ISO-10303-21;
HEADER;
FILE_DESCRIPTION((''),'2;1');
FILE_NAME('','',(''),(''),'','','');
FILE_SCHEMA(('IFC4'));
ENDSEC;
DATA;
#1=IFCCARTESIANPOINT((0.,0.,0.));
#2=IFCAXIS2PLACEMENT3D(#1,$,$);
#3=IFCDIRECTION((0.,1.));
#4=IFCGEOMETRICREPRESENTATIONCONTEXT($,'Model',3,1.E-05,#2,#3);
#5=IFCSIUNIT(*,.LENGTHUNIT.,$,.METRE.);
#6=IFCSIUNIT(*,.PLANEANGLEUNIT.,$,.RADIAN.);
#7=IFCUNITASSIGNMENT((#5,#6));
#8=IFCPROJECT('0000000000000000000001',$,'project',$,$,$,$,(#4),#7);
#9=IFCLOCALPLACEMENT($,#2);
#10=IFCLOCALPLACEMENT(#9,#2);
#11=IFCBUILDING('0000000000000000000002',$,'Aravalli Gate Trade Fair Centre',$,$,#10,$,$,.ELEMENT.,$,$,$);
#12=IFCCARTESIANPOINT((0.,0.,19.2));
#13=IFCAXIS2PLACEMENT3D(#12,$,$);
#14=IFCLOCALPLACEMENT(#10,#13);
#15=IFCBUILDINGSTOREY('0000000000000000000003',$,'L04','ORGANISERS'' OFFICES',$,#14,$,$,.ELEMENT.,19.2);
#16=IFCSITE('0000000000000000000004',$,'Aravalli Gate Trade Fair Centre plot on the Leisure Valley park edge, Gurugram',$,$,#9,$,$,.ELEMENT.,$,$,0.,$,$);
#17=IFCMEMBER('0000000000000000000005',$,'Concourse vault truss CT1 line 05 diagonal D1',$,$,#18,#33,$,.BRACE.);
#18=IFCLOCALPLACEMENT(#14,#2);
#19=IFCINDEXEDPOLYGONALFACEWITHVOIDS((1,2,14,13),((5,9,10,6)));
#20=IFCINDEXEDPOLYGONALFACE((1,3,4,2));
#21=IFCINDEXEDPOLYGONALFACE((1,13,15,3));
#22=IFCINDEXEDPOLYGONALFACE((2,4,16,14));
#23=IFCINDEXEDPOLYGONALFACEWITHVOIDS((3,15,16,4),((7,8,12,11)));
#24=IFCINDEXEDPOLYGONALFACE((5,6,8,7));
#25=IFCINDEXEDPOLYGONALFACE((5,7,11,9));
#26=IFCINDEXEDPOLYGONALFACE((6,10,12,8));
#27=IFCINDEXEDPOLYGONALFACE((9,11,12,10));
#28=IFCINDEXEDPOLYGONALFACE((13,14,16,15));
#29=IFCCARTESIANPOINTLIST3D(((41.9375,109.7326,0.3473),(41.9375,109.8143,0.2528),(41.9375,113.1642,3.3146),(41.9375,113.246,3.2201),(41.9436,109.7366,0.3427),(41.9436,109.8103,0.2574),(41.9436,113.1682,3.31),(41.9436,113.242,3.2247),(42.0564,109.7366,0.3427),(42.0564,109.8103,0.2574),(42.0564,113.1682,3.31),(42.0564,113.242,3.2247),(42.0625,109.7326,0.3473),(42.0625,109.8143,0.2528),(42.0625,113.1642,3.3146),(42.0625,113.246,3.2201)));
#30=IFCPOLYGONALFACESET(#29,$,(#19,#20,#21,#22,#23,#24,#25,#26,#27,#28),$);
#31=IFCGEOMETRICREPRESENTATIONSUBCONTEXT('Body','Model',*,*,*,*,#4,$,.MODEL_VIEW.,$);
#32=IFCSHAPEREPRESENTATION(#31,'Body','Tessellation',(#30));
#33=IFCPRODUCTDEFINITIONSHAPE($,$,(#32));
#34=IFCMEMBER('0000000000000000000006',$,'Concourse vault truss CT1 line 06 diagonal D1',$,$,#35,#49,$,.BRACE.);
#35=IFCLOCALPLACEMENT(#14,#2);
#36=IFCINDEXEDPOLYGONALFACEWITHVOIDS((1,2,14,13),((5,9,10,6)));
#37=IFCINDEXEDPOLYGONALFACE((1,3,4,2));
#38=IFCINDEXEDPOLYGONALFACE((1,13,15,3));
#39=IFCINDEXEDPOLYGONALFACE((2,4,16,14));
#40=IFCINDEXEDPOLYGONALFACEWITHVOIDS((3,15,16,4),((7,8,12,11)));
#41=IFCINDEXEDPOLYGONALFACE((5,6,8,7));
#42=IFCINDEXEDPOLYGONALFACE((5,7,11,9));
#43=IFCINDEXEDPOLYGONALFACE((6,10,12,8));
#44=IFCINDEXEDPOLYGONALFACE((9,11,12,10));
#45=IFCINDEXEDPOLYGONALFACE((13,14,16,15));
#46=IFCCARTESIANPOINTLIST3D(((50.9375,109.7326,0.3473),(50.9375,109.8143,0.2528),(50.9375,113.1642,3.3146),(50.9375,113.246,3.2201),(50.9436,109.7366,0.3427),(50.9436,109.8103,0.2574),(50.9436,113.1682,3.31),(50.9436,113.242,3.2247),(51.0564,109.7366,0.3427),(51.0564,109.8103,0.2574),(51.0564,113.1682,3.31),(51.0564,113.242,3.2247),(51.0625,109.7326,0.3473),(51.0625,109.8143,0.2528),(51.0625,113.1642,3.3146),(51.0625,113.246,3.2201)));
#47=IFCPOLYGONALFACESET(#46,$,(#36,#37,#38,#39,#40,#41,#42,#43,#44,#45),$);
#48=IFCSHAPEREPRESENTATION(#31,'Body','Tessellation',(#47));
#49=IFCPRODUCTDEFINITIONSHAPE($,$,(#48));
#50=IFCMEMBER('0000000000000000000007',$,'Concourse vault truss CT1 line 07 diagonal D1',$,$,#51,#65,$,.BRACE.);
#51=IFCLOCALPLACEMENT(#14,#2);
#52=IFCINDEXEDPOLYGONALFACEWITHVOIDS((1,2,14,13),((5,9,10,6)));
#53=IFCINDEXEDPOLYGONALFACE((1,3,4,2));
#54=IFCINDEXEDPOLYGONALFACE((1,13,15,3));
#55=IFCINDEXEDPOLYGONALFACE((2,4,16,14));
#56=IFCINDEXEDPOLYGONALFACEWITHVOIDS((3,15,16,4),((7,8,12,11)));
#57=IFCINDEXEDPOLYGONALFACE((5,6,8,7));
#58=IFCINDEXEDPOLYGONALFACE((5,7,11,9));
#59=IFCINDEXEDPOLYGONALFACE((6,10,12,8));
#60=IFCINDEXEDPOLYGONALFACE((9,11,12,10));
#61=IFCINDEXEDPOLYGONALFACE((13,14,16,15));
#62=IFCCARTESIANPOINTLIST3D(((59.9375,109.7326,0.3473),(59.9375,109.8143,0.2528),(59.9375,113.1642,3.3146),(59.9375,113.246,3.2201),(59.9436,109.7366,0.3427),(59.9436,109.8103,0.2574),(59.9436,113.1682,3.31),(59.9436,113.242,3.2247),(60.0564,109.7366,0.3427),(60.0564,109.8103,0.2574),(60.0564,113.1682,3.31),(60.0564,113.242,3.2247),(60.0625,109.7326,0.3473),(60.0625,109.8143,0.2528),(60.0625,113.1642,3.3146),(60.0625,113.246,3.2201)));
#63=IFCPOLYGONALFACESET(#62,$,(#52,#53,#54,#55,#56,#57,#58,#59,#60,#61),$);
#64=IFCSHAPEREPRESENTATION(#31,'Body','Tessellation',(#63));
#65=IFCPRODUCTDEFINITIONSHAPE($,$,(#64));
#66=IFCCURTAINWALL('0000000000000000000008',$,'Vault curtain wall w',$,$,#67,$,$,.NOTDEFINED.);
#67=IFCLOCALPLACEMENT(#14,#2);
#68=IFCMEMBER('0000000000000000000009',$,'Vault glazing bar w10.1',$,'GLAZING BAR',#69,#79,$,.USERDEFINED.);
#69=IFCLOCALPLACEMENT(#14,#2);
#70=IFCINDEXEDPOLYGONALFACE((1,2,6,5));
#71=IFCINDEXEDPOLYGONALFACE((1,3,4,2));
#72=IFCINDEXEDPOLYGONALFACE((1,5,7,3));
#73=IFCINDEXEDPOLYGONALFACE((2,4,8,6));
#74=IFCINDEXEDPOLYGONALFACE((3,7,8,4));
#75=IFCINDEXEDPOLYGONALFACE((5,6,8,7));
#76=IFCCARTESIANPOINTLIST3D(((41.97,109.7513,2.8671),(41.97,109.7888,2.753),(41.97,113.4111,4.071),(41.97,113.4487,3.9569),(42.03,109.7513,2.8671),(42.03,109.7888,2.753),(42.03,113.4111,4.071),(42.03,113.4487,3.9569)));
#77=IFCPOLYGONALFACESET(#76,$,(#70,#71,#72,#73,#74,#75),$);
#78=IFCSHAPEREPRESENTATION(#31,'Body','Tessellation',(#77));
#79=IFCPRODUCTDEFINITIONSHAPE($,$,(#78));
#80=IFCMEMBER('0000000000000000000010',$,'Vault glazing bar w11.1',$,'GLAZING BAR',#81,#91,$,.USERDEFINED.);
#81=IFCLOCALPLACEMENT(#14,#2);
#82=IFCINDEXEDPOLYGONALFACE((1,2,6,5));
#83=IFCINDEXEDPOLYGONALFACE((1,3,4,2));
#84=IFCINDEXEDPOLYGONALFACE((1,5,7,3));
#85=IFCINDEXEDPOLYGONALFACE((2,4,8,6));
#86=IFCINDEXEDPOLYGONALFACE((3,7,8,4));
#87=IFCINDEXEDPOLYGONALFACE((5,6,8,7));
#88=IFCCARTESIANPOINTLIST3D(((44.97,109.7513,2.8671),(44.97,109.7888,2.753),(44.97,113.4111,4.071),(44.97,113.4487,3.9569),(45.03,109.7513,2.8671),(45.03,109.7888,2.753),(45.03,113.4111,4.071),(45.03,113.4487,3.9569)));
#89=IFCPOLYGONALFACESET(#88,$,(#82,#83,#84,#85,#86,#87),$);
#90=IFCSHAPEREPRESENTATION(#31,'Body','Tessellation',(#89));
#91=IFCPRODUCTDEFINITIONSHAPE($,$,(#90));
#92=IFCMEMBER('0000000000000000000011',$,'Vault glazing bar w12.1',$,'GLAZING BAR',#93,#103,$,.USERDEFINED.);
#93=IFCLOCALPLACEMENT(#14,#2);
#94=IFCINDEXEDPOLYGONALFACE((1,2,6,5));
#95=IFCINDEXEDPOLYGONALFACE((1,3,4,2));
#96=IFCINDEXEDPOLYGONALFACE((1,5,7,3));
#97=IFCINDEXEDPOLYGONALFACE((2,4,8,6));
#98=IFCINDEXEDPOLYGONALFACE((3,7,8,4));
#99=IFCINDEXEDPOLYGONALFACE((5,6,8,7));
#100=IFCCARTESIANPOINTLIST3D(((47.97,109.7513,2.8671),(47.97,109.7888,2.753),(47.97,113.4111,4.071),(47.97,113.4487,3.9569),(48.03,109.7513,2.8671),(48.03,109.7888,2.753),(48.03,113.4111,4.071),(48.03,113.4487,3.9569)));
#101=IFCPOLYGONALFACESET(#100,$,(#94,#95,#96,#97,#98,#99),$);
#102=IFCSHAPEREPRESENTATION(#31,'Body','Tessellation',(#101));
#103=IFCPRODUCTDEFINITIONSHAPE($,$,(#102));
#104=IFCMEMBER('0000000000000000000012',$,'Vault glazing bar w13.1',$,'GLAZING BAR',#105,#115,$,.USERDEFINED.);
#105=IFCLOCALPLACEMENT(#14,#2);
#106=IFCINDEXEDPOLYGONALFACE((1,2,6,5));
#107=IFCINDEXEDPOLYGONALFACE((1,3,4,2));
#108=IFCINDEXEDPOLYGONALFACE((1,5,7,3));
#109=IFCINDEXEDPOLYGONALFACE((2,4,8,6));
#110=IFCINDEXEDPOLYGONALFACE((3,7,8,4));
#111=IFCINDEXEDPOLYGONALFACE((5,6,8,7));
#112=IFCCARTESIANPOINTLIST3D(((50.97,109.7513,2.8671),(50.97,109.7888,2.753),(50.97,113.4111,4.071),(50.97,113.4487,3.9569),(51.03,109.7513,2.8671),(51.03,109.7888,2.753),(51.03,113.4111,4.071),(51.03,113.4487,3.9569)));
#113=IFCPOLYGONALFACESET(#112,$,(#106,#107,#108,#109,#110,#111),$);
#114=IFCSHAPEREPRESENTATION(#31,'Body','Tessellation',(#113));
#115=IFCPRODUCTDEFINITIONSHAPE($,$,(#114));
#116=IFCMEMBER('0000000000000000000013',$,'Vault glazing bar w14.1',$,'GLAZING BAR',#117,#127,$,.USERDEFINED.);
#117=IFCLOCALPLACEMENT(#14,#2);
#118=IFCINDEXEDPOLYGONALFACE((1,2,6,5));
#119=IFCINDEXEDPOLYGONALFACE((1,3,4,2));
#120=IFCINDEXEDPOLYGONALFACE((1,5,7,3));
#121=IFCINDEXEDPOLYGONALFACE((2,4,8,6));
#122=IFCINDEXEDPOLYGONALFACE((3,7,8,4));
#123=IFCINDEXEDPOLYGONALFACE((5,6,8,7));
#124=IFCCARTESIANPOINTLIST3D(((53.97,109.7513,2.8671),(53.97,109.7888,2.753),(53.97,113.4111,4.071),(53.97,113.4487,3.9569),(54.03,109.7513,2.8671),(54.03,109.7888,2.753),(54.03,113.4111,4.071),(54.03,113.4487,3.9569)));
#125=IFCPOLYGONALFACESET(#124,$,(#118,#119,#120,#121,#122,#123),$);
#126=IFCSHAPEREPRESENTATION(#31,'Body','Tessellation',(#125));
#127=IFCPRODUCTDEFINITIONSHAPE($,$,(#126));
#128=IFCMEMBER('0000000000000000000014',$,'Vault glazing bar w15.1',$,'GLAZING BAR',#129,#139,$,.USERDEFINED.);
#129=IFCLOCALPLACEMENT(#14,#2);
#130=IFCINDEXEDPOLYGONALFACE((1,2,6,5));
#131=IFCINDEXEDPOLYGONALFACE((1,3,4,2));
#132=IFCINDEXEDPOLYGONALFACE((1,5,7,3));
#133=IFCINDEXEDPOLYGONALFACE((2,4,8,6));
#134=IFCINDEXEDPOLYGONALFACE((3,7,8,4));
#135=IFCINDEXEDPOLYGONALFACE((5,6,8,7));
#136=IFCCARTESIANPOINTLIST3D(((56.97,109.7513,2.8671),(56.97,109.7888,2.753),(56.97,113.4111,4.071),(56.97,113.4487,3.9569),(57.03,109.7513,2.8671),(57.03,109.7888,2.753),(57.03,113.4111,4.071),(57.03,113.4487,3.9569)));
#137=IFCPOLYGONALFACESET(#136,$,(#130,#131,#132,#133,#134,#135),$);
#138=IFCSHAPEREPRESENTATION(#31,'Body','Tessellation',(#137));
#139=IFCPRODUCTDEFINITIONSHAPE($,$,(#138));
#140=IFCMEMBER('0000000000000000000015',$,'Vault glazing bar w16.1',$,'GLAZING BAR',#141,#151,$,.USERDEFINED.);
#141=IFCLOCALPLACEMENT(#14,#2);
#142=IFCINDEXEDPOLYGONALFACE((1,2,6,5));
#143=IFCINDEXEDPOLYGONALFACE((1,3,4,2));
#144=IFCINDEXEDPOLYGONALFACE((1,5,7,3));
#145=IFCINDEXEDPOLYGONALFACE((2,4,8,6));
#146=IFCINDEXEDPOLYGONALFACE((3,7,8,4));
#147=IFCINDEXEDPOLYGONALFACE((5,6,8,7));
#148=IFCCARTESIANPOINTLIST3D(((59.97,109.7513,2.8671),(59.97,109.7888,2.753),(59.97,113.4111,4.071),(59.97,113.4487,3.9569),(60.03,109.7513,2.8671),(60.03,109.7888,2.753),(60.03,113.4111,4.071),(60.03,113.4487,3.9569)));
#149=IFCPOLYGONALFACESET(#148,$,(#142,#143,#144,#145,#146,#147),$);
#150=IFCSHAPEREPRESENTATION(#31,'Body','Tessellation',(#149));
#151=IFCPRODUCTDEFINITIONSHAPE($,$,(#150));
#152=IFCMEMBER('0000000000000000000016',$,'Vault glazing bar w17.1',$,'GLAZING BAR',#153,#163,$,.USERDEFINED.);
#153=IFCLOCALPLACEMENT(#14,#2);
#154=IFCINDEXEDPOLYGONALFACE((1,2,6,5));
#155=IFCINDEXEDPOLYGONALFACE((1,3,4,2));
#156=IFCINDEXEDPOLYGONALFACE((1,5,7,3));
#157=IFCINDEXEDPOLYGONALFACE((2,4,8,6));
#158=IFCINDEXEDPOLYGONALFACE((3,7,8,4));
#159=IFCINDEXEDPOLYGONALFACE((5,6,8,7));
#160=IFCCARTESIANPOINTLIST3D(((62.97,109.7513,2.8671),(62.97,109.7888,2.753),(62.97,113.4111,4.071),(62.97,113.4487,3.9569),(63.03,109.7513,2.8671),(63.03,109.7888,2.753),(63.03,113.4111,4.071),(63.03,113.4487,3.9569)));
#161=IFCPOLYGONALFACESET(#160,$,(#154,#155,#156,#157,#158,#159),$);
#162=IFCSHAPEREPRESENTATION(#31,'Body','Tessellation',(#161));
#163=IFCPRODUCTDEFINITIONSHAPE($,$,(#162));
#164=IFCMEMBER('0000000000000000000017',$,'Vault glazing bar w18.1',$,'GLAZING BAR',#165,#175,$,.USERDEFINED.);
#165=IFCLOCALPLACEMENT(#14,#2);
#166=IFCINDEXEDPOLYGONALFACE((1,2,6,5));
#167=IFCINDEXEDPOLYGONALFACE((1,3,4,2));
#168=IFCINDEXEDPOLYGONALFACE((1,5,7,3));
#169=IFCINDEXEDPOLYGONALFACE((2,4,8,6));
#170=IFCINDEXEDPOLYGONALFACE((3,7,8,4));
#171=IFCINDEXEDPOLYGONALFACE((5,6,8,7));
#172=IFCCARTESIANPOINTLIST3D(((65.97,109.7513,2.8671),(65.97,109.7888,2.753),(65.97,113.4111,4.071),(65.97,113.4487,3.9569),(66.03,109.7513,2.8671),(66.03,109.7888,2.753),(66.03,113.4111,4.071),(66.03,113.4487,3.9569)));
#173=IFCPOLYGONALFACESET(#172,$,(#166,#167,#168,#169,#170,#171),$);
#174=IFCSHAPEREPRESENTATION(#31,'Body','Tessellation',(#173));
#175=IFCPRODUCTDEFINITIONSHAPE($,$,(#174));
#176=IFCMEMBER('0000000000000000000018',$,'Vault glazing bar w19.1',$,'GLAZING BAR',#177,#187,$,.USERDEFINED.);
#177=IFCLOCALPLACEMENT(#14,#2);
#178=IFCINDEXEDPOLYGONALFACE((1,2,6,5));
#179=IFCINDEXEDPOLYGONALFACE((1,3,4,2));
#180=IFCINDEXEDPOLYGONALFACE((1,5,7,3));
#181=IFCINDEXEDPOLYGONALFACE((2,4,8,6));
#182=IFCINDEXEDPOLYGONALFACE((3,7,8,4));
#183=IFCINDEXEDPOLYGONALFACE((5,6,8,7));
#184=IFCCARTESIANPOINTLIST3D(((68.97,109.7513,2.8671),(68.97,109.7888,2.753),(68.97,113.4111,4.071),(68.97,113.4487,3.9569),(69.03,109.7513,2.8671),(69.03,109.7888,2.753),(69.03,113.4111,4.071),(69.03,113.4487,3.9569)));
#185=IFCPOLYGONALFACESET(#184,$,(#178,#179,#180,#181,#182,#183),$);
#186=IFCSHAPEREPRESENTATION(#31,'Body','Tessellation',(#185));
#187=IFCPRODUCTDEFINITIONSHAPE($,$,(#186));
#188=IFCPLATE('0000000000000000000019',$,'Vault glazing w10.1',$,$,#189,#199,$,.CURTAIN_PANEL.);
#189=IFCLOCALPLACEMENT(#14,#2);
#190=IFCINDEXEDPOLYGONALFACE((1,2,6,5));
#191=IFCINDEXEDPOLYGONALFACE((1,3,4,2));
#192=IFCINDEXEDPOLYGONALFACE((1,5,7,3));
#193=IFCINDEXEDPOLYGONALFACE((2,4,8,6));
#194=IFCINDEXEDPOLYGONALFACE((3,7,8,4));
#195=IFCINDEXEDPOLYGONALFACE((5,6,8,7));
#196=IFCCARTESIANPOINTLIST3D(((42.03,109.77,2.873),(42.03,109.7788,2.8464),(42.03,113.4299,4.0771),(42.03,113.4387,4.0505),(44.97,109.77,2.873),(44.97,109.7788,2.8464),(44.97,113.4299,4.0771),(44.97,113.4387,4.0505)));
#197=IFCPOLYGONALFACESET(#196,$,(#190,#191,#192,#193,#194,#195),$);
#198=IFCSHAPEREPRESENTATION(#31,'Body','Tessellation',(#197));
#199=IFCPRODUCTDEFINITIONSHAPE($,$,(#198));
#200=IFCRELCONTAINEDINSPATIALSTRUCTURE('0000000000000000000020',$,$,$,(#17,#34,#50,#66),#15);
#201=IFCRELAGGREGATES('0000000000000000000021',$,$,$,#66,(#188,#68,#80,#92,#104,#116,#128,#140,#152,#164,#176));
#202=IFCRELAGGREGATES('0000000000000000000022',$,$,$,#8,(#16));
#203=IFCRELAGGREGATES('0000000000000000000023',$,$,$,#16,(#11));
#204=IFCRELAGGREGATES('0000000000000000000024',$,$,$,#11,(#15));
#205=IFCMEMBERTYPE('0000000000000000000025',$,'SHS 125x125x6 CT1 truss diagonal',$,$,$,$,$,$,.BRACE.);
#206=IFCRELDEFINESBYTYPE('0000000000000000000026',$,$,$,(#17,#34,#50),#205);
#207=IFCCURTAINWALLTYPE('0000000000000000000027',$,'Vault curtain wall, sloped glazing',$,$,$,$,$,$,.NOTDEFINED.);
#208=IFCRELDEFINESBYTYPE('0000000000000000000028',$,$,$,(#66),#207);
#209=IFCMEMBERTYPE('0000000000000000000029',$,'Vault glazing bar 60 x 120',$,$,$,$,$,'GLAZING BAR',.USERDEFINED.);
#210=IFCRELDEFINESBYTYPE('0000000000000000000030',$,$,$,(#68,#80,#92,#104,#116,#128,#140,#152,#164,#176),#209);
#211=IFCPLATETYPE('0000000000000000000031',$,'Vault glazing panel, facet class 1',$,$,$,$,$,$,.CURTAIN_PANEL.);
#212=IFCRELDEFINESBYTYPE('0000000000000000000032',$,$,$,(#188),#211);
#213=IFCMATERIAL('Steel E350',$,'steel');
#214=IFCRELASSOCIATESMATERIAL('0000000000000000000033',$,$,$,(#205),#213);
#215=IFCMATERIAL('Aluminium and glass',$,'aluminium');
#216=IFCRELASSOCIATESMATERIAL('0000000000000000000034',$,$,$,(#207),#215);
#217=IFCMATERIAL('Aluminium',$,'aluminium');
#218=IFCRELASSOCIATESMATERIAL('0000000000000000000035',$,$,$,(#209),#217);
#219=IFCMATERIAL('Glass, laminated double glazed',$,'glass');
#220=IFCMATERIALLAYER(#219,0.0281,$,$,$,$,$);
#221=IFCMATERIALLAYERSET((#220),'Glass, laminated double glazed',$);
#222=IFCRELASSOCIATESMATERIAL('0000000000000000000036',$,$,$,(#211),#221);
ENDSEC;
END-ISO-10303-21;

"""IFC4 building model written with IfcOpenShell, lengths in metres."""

from ifc_helpers import new_model, si_unit, direction, frame, origin, origin_2d, place, context, subcontext, project, spatial, polyline, rectangle, hollow_rectangle, outline, extrude, material, layer, layer_set, material_profile, profile_set, type_object, element, aggregate, save


model = new_model("IFC4")

# Units and contexts
model_context = context("Model", 3, precision=1e-05, world=origin(), true_north=direction((0.0, 1.0)))
body_context = subcontext(model_context, "Body", "Model", "MODEL_VIEW")
ifc_project = project(units=[si_unit("LENGTHUNIT", "METRE"), si_unit("PLANEANGLEUNIT", "RADIAN")], contexts=[model_context])

# Site, building, storey
site_placement = place(None, origin())
site = spatial("IfcSite", under=ifc_project, at=site_placement, Name="Aravalli Gate Trade Fair Centre plot on the Leisure Valley park edge, Gurugram", CompositionType="ELEMENT", RefElevation=0.0)
building_placement = place(site_placement, origin())
building = spatial("IfcBuilding", under=site, at=building_placement, Name="Aravalli Gate Trade Fair Centre", CompositionType="ELEMENT")
storey_placement = place(building_placement, frame((0.0, 0.0, 19.2)))
storey = spatial("IfcBuildingStorey", under=building, at=storey_placement, Name="L04", Description="ORGANISERS' OFFICES", CompositionType="ELEMENT", Elevation=19.2)

# Members
ifc_material_1 = material(Name="Steel E350", Category="steel")
ifc_material_profile_1 = material_profile(ifc_material_1, hollow_rectangle(XDim=0.125, YDim=0.125, WallThickness=0.0061, at=origin_2d()), Name="SHS 125x125x6")
ifc_profile_set_1 = profile_set([ifc_material_profile_1], Name="Steel E350")
member_type_1 = type_object("IfcMemberType", Name="SHS 125x125x6 CT1 truss diagonal", PredefinedType="BRACE", material=ifc_profile_set_1)
for number, where, z_axis, x_axis, name in (
    (1, (42.0, 109.7734, 0.3), (0.0, 0.756431, 0.654074), (-1.0, 0.0, 0.0), "Concourse vault truss CT1 line 05 diagonal D1"),
    (2, (51.0, 109.7734, 0.3), (0.0, 0.756431, 0.654074), (-1.0, 0.0, 0.0), "Concourse vault truss CT1 line 06 diagonal D1"),
    (3, (60.0, 109.7734, 0.3), (0.0, 0.756431, 0.654074), (-1.0, 0.0, 0.0), "Concourse vault truss CT1 line 07 diagonal D1"),
):
    element("IfcMember", number, at=place(storey_placement, frame(where, z_axis=z_axis, x_axis=x_axis)), inside=storey, type_object=member_type_1, Name=name, PredefinedType="BRACE", context=body_context, shape_type="SweptSolid", body=[
        extrude(hollow_rectangle(XDim=0.125, YDim=0.125, WallThickness=0.0061, at=origin_2d()), origin(), (0.0, 0.0, 1.0), 4.5366),
    ])

# Curtain wall, members, plate
ifc_material_2 = material(Name="Aluminium and glass", Category="aluminium")
curtain_wall_type = type_object("IfcCurtainWallType", Name="Vault curtain wall, sloped glazing", PredefinedType="NOTDEFINED", material=ifc_material_2)
curtain_wall_placement = place(storey_placement, origin())
curtain_wall = element("IfcCurtainWall", 4, at=curtain_wall_placement, inside=storey, type_object=curtain_wall_type, Name="Vault curtain wall w", PredefinedType="NOTDEFINED")
ifc_material_3 = material(Name="Aluminium", Category="aluminium")
ifc_material_profile_2 = material_profile(ifc_material_3, rectangle(XDim=0.0601, YDim=0.1201, at=origin_2d()), Name="Vault glazing bar 60 x 120")
ifc_profile_set_2 = profile_set([ifc_material_profile_2], Name="Aluminium")
member_type_2 = type_object("IfcMemberType", Name="Vault glazing bar 60 x 120", ElementType="GLAZING BAR", PredefinedType="USERDEFINED", material=ifc_profile_set_2)
member_1_placement = place(storey_placement, frame((42.0, 109.77, 2.8101), z_axis=(0.0, 0.94993, 0.312461), x_axis=(-1.0, 0.0, 0.0)))
member_1 = element("IfcMember", 5, at=member_1_placement, type_object=member_type_2, Name="Vault glazing bar w10.1", ObjectType="GLAZING BAR", PredefinedType="USERDEFINED", context=body_context, shape_type="SweptSolid", body=[
    extrude(rectangle(XDim=0.0601, YDim=0.1201, at=origin_2d()), origin(), (0.0, 0.0, 1.0), 3.8528),
])
member_2_placement = place(storey_placement, frame((45.0, 109.77, 2.8101), z_axis=(0.0, 0.94993, 0.312461), x_axis=(-1.0, 0.0, 0.0)))
member_2 = element("IfcMember", 6, at=member_2_placement, type_object=member_type_2, Name="Vault glazing bar w11.1", ObjectType="GLAZING BAR", PredefinedType="USERDEFINED", context=body_context, shape_type="SweptSolid", body=[
    extrude(rectangle(XDim=0.0601, YDim=0.1201, at=origin_2d()), origin(), (0.0, 0.0, 1.0), 3.8528),
])
member_3_placement = place(storey_placement, frame((48.0, 109.77, 2.8101), z_axis=(0.0, 0.94993, 0.312461), x_axis=(-1.0, 0.0, 0.0)))
member_3 = element("IfcMember", 7, at=member_3_placement, type_object=member_type_2, Name="Vault glazing bar w12.1", ObjectType="GLAZING BAR", PredefinedType="USERDEFINED", context=body_context, shape_type="SweptSolid", body=[
    extrude(rectangle(XDim=0.0601, YDim=0.1201, at=origin_2d()), origin(), (0.0, 0.0, 1.0), 3.8528),
])
member_4_placement = place(storey_placement, frame((51.0, 109.77, 2.8101), z_axis=(0.0, 0.94993, 0.312461), x_axis=(-1.0, 0.0, 0.0)))
member_4 = element("IfcMember", 8, at=member_4_placement, type_object=member_type_2, Name="Vault glazing bar w13.1", ObjectType="GLAZING BAR", PredefinedType="USERDEFINED", context=body_context, shape_type="SweptSolid", body=[
    extrude(rectangle(XDim=0.0601, YDim=0.1201, at=origin_2d()), origin(), (0.0, 0.0, 1.0), 3.8528),
])
member_5_placement = place(storey_placement, frame((54.0, 109.77, 2.8101), z_axis=(0.0, 0.94993, 0.312461), x_axis=(-1.0, 0.0, 0.0)))
member_5 = element("IfcMember", 9, at=member_5_placement, type_object=member_type_2, Name="Vault glazing bar w14.1", ObjectType="GLAZING BAR", PredefinedType="USERDEFINED", context=body_context, shape_type="SweptSolid", body=[
    extrude(rectangle(XDim=0.0601, YDim=0.1201, at=origin_2d()), origin(), (0.0, 0.0, 1.0), 3.8528),
])
member_6_placement = place(storey_placement, frame((57.0, 109.77, 2.8101), z_axis=(0.0, 0.94993, 0.312461), x_axis=(-1.0, 0.0, 0.0)))
member_6 = element("IfcMember", 10, at=member_6_placement, type_object=member_type_2, Name="Vault glazing bar w15.1", ObjectType="GLAZING BAR", PredefinedType="USERDEFINED", context=body_context, shape_type="SweptSolid", body=[
    extrude(rectangle(XDim=0.0601, YDim=0.1201, at=origin_2d()), origin(), (0.0, 0.0, 1.0), 3.8528),
])
member_7_placement = place(storey_placement, frame((60.0, 109.77, 2.8101), z_axis=(0.0, 0.94993, 0.312461), x_axis=(-1.0, 0.0, 0.0)))
member_7 = element("IfcMember", 11, at=member_7_placement, type_object=member_type_2, Name="Vault glazing bar w16.1", ObjectType="GLAZING BAR", PredefinedType="USERDEFINED", context=body_context, shape_type="SweptSolid", body=[
    extrude(rectangle(XDim=0.0601, YDim=0.1201, at=origin_2d()), origin(), (0.0, 0.0, 1.0), 3.8528),
])
member_8_placement = place(storey_placement, frame((63.0, 109.77, 2.8101), z_axis=(0.0, 0.94993, 0.312461), x_axis=(-1.0, 0.0, 0.0)))
member_8 = element("IfcMember", 12, at=member_8_placement, type_object=member_type_2, Name="Vault glazing bar w17.1", ObjectType="GLAZING BAR", PredefinedType="USERDEFINED", context=body_context, shape_type="SweptSolid", body=[
    extrude(rectangle(XDim=0.0601, YDim=0.1201, at=origin_2d()), origin(), (0.0, 0.0, 1.0), 3.8528),
])
member_9_placement = place(storey_placement, frame((66.0, 109.77, 2.8101), z_axis=(0.0, 0.94993, 0.312461), x_axis=(-1.0, 0.0, 0.0)))
member_9 = element("IfcMember", 13, at=member_9_placement, type_object=member_type_2, Name="Vault glazing bar w18.1", ObjectType="GLAZING BAR", PredefinedType="USERDEFINED", context=body_context, shape_type="SweptSolid", body=[
    extrude(rectangle(XDim=0.0601, YDim=0.1201, at=origin_2d()), origin(), (0.0, 0.0, 1.0), 3.8528),
])
member_10_placement = place(storey_placement, frame((69.0, 109.77, 2.8101), z_axis=(0.0, 0.94993, 0.312461), x_axis=(-1.0, 0.0, 0.0)))
member_10 = element("IfcMember", 14, at=member_10_placement, type_object=member_type_2, Name="Vault glazing bar w19.1", ObjectType="GLAZING BAR", PredefinedType="USERDEFINED", context=body_context, shape_type="SweptSolid", body=[
    extrude(rectangle(XDim=0.0601, YDim=0.1201, at=origin_2d()), origin(), (0.0, 0.0, 1.0), 3.8528),
])
ifc_material_4 = material(Name="Glass, laminated double glazed", Category="glass")
ifc_layer = layer(ifc_material_4, 0.0281)
ifc_layer_set = layer_set([ifc_layer], Name="Glass, laminated double glazed")
plate_type = type_object("IfcPlateType", Name="Vault glazing panel, facet class 1", PredefinedType="CURTAIN_PANEL", material=ifc_layer_set)
plate_1_placement = place(storey_placement, frame((42.03, 109.77, 2.873), z_axis=(0.0, -0.312518, 0.949912), x_axis=(1.0, 0.0, 0.0)))
plate_1 = element("IfcPlate", 15, at=plate_1_placement, type_object=plate_type, Name="Vault glazing w10.1", PredefinedType="CURTAIN_PANEL", context=body_context, shape_type="SweptSolid", body=[
    extrude(outline(polyline([(0.0, 0.0), (2.9399, 0.0), (2.9399, 3.8529), (0.0, 3.8529), (0.0, 0.0)])), origin(), (0.0, 0.0, -1.0), 0.0281),
])
aggregate(curtain_wall, [plate_1, member_1, member_2, member_3, member_4, member_5, member_6, member_7, member_8, member_9, member_10])

save(model, "model.ifc")
